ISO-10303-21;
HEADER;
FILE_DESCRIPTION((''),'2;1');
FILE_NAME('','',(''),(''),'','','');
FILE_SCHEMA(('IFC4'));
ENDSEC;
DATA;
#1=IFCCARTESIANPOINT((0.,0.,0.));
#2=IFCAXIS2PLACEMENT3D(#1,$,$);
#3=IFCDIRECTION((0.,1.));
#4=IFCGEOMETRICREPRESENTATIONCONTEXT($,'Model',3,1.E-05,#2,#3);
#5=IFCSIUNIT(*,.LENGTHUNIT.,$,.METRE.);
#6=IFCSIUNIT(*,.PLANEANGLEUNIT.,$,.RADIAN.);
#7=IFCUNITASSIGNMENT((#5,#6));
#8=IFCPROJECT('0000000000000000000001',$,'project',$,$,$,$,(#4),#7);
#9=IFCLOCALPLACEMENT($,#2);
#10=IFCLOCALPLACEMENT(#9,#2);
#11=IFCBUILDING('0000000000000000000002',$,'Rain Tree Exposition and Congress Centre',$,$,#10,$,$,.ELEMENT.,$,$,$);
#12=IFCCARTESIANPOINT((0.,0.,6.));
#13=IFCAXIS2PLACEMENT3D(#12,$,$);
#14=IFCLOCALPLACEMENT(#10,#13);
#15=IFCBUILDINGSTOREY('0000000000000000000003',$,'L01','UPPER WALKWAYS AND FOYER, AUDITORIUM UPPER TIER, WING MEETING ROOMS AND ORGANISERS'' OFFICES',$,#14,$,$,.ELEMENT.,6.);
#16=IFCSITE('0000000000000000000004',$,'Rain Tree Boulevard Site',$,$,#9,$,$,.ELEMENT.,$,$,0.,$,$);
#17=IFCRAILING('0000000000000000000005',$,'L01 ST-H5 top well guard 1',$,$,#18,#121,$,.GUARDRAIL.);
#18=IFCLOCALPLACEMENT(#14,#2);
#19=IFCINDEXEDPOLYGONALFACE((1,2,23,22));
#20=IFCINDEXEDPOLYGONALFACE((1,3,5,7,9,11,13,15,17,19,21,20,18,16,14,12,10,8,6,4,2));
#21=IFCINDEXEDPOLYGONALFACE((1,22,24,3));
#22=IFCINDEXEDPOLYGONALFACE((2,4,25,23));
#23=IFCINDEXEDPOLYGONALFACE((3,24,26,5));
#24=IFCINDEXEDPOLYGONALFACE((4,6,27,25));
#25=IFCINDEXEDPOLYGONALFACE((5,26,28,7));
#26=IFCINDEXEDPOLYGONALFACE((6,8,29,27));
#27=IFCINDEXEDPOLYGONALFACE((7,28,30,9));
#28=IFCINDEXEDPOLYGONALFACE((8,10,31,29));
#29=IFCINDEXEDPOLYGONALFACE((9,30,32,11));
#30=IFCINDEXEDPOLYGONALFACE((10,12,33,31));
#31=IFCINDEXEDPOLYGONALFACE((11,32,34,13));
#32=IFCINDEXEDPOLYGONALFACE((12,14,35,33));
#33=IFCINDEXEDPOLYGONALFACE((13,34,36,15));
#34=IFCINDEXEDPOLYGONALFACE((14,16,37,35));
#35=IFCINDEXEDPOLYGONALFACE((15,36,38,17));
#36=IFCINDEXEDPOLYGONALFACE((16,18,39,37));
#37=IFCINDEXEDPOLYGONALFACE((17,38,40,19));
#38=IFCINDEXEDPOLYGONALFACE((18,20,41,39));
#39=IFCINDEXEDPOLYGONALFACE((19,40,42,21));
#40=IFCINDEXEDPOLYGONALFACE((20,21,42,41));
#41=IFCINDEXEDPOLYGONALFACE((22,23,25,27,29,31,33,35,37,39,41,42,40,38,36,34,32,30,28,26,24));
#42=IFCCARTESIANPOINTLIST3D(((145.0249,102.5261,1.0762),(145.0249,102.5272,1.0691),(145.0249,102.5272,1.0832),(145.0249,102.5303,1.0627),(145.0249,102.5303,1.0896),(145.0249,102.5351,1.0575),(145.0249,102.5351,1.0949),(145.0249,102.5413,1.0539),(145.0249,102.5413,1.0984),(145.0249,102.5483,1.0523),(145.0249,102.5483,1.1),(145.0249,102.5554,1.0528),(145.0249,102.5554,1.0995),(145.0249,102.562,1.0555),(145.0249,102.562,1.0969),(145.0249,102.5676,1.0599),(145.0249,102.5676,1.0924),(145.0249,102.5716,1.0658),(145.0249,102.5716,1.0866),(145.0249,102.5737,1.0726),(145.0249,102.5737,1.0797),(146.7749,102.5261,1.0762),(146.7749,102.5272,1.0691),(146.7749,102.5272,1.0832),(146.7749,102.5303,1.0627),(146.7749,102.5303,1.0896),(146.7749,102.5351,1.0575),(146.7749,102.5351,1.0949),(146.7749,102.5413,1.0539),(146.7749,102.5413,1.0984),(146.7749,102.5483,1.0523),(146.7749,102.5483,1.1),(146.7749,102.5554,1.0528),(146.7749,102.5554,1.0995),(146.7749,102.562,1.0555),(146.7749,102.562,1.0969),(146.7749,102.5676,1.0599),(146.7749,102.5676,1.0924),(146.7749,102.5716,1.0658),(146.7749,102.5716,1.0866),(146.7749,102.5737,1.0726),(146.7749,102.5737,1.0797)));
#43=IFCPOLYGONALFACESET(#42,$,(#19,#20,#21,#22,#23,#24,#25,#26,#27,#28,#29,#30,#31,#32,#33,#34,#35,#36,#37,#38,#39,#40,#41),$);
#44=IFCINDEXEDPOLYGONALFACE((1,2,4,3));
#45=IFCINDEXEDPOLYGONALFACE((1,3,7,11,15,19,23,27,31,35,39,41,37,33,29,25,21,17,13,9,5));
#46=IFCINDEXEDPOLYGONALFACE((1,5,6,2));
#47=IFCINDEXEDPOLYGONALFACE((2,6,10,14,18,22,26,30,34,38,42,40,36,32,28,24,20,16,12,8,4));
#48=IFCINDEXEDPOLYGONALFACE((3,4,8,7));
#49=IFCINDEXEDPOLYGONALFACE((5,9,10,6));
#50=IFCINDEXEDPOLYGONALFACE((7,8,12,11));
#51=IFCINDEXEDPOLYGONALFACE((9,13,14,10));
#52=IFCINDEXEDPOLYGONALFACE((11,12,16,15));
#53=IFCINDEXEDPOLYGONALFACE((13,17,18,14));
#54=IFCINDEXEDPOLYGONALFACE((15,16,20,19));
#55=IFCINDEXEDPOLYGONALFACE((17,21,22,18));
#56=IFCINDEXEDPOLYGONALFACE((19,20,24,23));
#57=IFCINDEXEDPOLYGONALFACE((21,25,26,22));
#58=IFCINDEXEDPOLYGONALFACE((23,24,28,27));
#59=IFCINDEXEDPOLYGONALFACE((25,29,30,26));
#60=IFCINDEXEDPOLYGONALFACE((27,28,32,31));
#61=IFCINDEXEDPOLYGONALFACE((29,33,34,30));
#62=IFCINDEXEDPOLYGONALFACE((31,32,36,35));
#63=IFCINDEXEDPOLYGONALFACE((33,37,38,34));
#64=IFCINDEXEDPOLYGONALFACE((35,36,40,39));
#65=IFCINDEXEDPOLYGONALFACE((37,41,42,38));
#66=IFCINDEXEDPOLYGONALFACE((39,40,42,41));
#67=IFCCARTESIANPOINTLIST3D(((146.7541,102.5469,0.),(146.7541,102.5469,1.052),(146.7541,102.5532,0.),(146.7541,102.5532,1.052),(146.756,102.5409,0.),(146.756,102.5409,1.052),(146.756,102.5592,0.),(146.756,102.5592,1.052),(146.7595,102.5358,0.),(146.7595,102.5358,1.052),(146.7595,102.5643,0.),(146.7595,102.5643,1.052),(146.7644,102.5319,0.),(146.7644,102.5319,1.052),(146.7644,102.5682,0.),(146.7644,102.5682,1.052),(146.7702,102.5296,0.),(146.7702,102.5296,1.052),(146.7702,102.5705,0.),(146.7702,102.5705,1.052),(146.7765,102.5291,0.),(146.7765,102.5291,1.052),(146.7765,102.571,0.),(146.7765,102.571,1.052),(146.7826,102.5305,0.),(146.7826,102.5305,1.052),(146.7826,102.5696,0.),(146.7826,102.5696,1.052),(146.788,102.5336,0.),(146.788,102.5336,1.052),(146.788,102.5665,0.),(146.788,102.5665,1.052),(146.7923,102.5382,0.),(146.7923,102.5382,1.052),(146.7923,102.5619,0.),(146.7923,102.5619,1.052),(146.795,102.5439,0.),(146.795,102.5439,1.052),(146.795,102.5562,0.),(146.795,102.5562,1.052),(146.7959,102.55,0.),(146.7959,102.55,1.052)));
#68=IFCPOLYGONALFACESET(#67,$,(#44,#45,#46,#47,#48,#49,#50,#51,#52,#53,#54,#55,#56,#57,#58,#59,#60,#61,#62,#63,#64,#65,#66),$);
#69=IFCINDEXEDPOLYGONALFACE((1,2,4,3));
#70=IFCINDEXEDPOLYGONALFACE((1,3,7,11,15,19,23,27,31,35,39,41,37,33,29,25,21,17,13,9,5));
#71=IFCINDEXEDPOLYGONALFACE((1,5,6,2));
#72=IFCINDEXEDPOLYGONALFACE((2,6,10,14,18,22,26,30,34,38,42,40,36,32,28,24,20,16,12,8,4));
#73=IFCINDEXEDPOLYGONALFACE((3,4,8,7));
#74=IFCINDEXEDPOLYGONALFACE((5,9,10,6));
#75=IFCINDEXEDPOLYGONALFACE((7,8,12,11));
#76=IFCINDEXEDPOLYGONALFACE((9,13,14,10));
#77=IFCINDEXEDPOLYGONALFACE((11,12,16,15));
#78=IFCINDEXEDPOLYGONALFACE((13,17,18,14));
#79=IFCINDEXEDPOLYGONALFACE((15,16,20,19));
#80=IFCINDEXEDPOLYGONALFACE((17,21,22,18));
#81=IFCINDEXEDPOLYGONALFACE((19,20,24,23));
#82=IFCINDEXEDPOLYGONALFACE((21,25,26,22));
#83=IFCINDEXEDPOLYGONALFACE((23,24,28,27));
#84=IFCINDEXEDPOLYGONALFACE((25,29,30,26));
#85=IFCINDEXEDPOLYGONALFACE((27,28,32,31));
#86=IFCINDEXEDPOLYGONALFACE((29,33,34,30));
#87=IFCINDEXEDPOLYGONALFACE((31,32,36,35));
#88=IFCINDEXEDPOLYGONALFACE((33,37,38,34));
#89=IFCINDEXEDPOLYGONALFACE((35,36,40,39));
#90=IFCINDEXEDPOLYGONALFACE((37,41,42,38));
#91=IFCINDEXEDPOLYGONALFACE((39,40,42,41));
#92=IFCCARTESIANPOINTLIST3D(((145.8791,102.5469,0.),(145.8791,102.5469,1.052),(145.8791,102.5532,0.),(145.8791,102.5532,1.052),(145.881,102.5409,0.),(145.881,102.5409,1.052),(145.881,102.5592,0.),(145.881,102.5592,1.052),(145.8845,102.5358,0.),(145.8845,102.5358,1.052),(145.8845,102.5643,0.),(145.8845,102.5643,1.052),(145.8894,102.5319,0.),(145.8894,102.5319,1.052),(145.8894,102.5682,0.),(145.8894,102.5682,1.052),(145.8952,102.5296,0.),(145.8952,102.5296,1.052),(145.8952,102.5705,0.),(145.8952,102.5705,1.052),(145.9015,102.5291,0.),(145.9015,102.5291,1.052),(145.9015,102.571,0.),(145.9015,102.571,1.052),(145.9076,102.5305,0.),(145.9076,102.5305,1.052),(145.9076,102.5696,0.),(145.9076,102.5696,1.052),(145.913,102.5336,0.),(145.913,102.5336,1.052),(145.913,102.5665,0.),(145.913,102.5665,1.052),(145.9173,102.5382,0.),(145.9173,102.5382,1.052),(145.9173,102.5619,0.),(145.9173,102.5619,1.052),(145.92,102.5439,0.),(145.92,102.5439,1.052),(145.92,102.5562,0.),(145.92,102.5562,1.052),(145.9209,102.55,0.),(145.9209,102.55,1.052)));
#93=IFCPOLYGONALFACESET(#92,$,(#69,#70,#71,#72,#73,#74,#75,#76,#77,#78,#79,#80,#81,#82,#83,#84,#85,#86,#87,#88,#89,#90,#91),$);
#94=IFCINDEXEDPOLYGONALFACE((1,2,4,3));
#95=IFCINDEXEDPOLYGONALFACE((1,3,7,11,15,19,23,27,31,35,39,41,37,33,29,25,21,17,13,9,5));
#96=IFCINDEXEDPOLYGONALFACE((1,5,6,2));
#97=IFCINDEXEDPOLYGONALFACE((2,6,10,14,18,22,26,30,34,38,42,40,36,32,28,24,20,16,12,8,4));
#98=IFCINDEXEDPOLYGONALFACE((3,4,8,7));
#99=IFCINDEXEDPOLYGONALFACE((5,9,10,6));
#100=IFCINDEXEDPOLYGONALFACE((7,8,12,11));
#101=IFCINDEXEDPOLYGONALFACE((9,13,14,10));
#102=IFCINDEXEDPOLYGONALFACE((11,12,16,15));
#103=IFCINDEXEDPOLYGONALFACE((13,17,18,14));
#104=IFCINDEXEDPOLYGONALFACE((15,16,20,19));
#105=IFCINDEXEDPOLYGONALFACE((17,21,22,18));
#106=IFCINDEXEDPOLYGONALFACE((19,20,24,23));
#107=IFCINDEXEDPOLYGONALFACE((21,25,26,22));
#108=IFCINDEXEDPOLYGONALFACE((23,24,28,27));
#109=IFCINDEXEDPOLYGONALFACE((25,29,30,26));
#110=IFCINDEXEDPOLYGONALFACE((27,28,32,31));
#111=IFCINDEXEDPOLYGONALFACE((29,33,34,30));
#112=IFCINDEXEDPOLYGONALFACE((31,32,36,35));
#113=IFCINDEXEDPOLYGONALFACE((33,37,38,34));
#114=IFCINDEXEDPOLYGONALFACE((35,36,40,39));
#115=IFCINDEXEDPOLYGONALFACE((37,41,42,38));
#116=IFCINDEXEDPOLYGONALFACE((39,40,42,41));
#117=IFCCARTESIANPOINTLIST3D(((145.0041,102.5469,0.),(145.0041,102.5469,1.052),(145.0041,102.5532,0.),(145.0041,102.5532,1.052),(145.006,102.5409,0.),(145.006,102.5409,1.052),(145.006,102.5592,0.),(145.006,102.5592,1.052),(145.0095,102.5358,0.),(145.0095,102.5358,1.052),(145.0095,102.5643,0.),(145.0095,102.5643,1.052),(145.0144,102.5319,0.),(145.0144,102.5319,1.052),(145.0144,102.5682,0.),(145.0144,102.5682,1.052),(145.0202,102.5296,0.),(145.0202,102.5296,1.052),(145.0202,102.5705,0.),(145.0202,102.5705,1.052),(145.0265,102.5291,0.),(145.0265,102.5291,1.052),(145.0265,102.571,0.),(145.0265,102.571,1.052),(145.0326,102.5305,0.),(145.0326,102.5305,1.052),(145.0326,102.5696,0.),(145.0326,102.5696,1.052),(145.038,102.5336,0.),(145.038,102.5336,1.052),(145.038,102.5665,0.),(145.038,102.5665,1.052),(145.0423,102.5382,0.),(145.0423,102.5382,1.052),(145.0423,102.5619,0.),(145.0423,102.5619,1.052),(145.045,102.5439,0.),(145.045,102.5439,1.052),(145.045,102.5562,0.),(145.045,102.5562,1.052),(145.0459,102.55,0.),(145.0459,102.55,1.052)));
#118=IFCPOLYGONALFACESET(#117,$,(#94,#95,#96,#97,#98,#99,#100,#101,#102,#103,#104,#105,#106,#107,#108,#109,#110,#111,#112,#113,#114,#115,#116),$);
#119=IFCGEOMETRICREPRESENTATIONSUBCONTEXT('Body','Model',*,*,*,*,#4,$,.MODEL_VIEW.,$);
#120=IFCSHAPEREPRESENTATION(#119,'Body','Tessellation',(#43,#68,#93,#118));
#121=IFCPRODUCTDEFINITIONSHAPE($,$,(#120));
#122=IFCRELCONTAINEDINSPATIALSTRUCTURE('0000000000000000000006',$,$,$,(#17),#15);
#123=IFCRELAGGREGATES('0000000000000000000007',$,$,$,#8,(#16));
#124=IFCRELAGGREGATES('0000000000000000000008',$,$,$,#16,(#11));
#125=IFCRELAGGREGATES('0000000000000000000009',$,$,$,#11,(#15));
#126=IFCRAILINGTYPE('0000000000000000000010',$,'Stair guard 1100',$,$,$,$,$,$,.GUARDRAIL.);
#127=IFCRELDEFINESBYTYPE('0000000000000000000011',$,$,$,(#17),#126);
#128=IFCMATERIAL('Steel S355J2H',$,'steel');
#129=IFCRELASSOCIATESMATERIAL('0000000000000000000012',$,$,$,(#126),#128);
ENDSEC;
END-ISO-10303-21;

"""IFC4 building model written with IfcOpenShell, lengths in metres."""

from ifc_helpers import new_model, si_unit, direction, frame, origin, origin_2d, place, context, subcontext, project, spatial, circle, extrude, material, type_object, element, save


model = new_model("IFC4")

# Units and contexts
model_context = context("Model", 3, precision=1e-05, world=origin(), true_north=direction((0.0, 1.0)))
body_context = subcontext(model_context, "Body", "Model", "MODEL_VIEW")
ifc_project = project(units=[si_unit("LENGTHUNIT", "METRE"), si_unit("PLANEANGLEUNIT", "RADIAN")], contexts=[model_context])

# Site, building, storey
site_placement = place(None, origin())
site = spatial("IfcSite", under=ifc_project, at=site_placement, Name="Rain Tree Boulevard Site", CompositionType="ELEMENT", RefElevation=0.0)
building_placement = place(site_placement, origin())
building = spatial("IfcBuilding", under=site, at=building_placement, Name="Rain Tree Exposition and Congress Centre", CompositionType="ELEMENT")
storey_placement = place(building_placement, frame((0.0, 0.0, 6.0)))
storey = spatial("IfcBuildingStorey", under=building, at=storey_placement, Name="L01", Description="UPPER WALKWAYS AND FOYER, AUDITORIUM UPPER TIER, WING MEETING ROOMS AND ORGANISERS' OFFICES", CompositionType="ELEMENT", Elevation=6.0)

# Railing
ifc_material_1 = material(Name="Steel S355J2H", Category="steel")
railing_type_1 = type_object("IfcRailingType", Name="Stair guard 1100", PredefinedType="GUARDRAIL", material=ifc_material_1)
railing_1_placement = place(storey_placement, frame((146.7749, 102.55, 0.0)))
element("IfcRailing", 1, at=railing_1_placement, inside=storey, type_object=railing_type_1, Name="L01 ST-H5 top well guard 1", PredefinedType="GUARDRAIL", context=body_context, shape_type="SweptSolid", body=[
    extrude(circle(Radius=0.0239, at=origin_2d()), frame((0.0, 0.0, 1.0762), z_axis=(-1.0, 0.0, 0.0), x_axis=(0.0, -1.0, 0.0)), (0.0, 0.0, 1.0), 1.75),
    extrude(circle(Radius=0.021, at=origin_2d()), origin(), (0.0, 0.0, 1.0), 1.052),
    extrude(circle(Radius=0.021, at=origin_2d()), frame((-0.875, 0.0, 0.0)), (0.0, 0.0, 1.0), 1.052),
    extrude(circle(Radius=0.021, at=origin_2d()), frame((-1.75, 0.0, 0.0)), (0.0, 0.0, 1.0), 1.052),
])

save(model, "model.ifc")
